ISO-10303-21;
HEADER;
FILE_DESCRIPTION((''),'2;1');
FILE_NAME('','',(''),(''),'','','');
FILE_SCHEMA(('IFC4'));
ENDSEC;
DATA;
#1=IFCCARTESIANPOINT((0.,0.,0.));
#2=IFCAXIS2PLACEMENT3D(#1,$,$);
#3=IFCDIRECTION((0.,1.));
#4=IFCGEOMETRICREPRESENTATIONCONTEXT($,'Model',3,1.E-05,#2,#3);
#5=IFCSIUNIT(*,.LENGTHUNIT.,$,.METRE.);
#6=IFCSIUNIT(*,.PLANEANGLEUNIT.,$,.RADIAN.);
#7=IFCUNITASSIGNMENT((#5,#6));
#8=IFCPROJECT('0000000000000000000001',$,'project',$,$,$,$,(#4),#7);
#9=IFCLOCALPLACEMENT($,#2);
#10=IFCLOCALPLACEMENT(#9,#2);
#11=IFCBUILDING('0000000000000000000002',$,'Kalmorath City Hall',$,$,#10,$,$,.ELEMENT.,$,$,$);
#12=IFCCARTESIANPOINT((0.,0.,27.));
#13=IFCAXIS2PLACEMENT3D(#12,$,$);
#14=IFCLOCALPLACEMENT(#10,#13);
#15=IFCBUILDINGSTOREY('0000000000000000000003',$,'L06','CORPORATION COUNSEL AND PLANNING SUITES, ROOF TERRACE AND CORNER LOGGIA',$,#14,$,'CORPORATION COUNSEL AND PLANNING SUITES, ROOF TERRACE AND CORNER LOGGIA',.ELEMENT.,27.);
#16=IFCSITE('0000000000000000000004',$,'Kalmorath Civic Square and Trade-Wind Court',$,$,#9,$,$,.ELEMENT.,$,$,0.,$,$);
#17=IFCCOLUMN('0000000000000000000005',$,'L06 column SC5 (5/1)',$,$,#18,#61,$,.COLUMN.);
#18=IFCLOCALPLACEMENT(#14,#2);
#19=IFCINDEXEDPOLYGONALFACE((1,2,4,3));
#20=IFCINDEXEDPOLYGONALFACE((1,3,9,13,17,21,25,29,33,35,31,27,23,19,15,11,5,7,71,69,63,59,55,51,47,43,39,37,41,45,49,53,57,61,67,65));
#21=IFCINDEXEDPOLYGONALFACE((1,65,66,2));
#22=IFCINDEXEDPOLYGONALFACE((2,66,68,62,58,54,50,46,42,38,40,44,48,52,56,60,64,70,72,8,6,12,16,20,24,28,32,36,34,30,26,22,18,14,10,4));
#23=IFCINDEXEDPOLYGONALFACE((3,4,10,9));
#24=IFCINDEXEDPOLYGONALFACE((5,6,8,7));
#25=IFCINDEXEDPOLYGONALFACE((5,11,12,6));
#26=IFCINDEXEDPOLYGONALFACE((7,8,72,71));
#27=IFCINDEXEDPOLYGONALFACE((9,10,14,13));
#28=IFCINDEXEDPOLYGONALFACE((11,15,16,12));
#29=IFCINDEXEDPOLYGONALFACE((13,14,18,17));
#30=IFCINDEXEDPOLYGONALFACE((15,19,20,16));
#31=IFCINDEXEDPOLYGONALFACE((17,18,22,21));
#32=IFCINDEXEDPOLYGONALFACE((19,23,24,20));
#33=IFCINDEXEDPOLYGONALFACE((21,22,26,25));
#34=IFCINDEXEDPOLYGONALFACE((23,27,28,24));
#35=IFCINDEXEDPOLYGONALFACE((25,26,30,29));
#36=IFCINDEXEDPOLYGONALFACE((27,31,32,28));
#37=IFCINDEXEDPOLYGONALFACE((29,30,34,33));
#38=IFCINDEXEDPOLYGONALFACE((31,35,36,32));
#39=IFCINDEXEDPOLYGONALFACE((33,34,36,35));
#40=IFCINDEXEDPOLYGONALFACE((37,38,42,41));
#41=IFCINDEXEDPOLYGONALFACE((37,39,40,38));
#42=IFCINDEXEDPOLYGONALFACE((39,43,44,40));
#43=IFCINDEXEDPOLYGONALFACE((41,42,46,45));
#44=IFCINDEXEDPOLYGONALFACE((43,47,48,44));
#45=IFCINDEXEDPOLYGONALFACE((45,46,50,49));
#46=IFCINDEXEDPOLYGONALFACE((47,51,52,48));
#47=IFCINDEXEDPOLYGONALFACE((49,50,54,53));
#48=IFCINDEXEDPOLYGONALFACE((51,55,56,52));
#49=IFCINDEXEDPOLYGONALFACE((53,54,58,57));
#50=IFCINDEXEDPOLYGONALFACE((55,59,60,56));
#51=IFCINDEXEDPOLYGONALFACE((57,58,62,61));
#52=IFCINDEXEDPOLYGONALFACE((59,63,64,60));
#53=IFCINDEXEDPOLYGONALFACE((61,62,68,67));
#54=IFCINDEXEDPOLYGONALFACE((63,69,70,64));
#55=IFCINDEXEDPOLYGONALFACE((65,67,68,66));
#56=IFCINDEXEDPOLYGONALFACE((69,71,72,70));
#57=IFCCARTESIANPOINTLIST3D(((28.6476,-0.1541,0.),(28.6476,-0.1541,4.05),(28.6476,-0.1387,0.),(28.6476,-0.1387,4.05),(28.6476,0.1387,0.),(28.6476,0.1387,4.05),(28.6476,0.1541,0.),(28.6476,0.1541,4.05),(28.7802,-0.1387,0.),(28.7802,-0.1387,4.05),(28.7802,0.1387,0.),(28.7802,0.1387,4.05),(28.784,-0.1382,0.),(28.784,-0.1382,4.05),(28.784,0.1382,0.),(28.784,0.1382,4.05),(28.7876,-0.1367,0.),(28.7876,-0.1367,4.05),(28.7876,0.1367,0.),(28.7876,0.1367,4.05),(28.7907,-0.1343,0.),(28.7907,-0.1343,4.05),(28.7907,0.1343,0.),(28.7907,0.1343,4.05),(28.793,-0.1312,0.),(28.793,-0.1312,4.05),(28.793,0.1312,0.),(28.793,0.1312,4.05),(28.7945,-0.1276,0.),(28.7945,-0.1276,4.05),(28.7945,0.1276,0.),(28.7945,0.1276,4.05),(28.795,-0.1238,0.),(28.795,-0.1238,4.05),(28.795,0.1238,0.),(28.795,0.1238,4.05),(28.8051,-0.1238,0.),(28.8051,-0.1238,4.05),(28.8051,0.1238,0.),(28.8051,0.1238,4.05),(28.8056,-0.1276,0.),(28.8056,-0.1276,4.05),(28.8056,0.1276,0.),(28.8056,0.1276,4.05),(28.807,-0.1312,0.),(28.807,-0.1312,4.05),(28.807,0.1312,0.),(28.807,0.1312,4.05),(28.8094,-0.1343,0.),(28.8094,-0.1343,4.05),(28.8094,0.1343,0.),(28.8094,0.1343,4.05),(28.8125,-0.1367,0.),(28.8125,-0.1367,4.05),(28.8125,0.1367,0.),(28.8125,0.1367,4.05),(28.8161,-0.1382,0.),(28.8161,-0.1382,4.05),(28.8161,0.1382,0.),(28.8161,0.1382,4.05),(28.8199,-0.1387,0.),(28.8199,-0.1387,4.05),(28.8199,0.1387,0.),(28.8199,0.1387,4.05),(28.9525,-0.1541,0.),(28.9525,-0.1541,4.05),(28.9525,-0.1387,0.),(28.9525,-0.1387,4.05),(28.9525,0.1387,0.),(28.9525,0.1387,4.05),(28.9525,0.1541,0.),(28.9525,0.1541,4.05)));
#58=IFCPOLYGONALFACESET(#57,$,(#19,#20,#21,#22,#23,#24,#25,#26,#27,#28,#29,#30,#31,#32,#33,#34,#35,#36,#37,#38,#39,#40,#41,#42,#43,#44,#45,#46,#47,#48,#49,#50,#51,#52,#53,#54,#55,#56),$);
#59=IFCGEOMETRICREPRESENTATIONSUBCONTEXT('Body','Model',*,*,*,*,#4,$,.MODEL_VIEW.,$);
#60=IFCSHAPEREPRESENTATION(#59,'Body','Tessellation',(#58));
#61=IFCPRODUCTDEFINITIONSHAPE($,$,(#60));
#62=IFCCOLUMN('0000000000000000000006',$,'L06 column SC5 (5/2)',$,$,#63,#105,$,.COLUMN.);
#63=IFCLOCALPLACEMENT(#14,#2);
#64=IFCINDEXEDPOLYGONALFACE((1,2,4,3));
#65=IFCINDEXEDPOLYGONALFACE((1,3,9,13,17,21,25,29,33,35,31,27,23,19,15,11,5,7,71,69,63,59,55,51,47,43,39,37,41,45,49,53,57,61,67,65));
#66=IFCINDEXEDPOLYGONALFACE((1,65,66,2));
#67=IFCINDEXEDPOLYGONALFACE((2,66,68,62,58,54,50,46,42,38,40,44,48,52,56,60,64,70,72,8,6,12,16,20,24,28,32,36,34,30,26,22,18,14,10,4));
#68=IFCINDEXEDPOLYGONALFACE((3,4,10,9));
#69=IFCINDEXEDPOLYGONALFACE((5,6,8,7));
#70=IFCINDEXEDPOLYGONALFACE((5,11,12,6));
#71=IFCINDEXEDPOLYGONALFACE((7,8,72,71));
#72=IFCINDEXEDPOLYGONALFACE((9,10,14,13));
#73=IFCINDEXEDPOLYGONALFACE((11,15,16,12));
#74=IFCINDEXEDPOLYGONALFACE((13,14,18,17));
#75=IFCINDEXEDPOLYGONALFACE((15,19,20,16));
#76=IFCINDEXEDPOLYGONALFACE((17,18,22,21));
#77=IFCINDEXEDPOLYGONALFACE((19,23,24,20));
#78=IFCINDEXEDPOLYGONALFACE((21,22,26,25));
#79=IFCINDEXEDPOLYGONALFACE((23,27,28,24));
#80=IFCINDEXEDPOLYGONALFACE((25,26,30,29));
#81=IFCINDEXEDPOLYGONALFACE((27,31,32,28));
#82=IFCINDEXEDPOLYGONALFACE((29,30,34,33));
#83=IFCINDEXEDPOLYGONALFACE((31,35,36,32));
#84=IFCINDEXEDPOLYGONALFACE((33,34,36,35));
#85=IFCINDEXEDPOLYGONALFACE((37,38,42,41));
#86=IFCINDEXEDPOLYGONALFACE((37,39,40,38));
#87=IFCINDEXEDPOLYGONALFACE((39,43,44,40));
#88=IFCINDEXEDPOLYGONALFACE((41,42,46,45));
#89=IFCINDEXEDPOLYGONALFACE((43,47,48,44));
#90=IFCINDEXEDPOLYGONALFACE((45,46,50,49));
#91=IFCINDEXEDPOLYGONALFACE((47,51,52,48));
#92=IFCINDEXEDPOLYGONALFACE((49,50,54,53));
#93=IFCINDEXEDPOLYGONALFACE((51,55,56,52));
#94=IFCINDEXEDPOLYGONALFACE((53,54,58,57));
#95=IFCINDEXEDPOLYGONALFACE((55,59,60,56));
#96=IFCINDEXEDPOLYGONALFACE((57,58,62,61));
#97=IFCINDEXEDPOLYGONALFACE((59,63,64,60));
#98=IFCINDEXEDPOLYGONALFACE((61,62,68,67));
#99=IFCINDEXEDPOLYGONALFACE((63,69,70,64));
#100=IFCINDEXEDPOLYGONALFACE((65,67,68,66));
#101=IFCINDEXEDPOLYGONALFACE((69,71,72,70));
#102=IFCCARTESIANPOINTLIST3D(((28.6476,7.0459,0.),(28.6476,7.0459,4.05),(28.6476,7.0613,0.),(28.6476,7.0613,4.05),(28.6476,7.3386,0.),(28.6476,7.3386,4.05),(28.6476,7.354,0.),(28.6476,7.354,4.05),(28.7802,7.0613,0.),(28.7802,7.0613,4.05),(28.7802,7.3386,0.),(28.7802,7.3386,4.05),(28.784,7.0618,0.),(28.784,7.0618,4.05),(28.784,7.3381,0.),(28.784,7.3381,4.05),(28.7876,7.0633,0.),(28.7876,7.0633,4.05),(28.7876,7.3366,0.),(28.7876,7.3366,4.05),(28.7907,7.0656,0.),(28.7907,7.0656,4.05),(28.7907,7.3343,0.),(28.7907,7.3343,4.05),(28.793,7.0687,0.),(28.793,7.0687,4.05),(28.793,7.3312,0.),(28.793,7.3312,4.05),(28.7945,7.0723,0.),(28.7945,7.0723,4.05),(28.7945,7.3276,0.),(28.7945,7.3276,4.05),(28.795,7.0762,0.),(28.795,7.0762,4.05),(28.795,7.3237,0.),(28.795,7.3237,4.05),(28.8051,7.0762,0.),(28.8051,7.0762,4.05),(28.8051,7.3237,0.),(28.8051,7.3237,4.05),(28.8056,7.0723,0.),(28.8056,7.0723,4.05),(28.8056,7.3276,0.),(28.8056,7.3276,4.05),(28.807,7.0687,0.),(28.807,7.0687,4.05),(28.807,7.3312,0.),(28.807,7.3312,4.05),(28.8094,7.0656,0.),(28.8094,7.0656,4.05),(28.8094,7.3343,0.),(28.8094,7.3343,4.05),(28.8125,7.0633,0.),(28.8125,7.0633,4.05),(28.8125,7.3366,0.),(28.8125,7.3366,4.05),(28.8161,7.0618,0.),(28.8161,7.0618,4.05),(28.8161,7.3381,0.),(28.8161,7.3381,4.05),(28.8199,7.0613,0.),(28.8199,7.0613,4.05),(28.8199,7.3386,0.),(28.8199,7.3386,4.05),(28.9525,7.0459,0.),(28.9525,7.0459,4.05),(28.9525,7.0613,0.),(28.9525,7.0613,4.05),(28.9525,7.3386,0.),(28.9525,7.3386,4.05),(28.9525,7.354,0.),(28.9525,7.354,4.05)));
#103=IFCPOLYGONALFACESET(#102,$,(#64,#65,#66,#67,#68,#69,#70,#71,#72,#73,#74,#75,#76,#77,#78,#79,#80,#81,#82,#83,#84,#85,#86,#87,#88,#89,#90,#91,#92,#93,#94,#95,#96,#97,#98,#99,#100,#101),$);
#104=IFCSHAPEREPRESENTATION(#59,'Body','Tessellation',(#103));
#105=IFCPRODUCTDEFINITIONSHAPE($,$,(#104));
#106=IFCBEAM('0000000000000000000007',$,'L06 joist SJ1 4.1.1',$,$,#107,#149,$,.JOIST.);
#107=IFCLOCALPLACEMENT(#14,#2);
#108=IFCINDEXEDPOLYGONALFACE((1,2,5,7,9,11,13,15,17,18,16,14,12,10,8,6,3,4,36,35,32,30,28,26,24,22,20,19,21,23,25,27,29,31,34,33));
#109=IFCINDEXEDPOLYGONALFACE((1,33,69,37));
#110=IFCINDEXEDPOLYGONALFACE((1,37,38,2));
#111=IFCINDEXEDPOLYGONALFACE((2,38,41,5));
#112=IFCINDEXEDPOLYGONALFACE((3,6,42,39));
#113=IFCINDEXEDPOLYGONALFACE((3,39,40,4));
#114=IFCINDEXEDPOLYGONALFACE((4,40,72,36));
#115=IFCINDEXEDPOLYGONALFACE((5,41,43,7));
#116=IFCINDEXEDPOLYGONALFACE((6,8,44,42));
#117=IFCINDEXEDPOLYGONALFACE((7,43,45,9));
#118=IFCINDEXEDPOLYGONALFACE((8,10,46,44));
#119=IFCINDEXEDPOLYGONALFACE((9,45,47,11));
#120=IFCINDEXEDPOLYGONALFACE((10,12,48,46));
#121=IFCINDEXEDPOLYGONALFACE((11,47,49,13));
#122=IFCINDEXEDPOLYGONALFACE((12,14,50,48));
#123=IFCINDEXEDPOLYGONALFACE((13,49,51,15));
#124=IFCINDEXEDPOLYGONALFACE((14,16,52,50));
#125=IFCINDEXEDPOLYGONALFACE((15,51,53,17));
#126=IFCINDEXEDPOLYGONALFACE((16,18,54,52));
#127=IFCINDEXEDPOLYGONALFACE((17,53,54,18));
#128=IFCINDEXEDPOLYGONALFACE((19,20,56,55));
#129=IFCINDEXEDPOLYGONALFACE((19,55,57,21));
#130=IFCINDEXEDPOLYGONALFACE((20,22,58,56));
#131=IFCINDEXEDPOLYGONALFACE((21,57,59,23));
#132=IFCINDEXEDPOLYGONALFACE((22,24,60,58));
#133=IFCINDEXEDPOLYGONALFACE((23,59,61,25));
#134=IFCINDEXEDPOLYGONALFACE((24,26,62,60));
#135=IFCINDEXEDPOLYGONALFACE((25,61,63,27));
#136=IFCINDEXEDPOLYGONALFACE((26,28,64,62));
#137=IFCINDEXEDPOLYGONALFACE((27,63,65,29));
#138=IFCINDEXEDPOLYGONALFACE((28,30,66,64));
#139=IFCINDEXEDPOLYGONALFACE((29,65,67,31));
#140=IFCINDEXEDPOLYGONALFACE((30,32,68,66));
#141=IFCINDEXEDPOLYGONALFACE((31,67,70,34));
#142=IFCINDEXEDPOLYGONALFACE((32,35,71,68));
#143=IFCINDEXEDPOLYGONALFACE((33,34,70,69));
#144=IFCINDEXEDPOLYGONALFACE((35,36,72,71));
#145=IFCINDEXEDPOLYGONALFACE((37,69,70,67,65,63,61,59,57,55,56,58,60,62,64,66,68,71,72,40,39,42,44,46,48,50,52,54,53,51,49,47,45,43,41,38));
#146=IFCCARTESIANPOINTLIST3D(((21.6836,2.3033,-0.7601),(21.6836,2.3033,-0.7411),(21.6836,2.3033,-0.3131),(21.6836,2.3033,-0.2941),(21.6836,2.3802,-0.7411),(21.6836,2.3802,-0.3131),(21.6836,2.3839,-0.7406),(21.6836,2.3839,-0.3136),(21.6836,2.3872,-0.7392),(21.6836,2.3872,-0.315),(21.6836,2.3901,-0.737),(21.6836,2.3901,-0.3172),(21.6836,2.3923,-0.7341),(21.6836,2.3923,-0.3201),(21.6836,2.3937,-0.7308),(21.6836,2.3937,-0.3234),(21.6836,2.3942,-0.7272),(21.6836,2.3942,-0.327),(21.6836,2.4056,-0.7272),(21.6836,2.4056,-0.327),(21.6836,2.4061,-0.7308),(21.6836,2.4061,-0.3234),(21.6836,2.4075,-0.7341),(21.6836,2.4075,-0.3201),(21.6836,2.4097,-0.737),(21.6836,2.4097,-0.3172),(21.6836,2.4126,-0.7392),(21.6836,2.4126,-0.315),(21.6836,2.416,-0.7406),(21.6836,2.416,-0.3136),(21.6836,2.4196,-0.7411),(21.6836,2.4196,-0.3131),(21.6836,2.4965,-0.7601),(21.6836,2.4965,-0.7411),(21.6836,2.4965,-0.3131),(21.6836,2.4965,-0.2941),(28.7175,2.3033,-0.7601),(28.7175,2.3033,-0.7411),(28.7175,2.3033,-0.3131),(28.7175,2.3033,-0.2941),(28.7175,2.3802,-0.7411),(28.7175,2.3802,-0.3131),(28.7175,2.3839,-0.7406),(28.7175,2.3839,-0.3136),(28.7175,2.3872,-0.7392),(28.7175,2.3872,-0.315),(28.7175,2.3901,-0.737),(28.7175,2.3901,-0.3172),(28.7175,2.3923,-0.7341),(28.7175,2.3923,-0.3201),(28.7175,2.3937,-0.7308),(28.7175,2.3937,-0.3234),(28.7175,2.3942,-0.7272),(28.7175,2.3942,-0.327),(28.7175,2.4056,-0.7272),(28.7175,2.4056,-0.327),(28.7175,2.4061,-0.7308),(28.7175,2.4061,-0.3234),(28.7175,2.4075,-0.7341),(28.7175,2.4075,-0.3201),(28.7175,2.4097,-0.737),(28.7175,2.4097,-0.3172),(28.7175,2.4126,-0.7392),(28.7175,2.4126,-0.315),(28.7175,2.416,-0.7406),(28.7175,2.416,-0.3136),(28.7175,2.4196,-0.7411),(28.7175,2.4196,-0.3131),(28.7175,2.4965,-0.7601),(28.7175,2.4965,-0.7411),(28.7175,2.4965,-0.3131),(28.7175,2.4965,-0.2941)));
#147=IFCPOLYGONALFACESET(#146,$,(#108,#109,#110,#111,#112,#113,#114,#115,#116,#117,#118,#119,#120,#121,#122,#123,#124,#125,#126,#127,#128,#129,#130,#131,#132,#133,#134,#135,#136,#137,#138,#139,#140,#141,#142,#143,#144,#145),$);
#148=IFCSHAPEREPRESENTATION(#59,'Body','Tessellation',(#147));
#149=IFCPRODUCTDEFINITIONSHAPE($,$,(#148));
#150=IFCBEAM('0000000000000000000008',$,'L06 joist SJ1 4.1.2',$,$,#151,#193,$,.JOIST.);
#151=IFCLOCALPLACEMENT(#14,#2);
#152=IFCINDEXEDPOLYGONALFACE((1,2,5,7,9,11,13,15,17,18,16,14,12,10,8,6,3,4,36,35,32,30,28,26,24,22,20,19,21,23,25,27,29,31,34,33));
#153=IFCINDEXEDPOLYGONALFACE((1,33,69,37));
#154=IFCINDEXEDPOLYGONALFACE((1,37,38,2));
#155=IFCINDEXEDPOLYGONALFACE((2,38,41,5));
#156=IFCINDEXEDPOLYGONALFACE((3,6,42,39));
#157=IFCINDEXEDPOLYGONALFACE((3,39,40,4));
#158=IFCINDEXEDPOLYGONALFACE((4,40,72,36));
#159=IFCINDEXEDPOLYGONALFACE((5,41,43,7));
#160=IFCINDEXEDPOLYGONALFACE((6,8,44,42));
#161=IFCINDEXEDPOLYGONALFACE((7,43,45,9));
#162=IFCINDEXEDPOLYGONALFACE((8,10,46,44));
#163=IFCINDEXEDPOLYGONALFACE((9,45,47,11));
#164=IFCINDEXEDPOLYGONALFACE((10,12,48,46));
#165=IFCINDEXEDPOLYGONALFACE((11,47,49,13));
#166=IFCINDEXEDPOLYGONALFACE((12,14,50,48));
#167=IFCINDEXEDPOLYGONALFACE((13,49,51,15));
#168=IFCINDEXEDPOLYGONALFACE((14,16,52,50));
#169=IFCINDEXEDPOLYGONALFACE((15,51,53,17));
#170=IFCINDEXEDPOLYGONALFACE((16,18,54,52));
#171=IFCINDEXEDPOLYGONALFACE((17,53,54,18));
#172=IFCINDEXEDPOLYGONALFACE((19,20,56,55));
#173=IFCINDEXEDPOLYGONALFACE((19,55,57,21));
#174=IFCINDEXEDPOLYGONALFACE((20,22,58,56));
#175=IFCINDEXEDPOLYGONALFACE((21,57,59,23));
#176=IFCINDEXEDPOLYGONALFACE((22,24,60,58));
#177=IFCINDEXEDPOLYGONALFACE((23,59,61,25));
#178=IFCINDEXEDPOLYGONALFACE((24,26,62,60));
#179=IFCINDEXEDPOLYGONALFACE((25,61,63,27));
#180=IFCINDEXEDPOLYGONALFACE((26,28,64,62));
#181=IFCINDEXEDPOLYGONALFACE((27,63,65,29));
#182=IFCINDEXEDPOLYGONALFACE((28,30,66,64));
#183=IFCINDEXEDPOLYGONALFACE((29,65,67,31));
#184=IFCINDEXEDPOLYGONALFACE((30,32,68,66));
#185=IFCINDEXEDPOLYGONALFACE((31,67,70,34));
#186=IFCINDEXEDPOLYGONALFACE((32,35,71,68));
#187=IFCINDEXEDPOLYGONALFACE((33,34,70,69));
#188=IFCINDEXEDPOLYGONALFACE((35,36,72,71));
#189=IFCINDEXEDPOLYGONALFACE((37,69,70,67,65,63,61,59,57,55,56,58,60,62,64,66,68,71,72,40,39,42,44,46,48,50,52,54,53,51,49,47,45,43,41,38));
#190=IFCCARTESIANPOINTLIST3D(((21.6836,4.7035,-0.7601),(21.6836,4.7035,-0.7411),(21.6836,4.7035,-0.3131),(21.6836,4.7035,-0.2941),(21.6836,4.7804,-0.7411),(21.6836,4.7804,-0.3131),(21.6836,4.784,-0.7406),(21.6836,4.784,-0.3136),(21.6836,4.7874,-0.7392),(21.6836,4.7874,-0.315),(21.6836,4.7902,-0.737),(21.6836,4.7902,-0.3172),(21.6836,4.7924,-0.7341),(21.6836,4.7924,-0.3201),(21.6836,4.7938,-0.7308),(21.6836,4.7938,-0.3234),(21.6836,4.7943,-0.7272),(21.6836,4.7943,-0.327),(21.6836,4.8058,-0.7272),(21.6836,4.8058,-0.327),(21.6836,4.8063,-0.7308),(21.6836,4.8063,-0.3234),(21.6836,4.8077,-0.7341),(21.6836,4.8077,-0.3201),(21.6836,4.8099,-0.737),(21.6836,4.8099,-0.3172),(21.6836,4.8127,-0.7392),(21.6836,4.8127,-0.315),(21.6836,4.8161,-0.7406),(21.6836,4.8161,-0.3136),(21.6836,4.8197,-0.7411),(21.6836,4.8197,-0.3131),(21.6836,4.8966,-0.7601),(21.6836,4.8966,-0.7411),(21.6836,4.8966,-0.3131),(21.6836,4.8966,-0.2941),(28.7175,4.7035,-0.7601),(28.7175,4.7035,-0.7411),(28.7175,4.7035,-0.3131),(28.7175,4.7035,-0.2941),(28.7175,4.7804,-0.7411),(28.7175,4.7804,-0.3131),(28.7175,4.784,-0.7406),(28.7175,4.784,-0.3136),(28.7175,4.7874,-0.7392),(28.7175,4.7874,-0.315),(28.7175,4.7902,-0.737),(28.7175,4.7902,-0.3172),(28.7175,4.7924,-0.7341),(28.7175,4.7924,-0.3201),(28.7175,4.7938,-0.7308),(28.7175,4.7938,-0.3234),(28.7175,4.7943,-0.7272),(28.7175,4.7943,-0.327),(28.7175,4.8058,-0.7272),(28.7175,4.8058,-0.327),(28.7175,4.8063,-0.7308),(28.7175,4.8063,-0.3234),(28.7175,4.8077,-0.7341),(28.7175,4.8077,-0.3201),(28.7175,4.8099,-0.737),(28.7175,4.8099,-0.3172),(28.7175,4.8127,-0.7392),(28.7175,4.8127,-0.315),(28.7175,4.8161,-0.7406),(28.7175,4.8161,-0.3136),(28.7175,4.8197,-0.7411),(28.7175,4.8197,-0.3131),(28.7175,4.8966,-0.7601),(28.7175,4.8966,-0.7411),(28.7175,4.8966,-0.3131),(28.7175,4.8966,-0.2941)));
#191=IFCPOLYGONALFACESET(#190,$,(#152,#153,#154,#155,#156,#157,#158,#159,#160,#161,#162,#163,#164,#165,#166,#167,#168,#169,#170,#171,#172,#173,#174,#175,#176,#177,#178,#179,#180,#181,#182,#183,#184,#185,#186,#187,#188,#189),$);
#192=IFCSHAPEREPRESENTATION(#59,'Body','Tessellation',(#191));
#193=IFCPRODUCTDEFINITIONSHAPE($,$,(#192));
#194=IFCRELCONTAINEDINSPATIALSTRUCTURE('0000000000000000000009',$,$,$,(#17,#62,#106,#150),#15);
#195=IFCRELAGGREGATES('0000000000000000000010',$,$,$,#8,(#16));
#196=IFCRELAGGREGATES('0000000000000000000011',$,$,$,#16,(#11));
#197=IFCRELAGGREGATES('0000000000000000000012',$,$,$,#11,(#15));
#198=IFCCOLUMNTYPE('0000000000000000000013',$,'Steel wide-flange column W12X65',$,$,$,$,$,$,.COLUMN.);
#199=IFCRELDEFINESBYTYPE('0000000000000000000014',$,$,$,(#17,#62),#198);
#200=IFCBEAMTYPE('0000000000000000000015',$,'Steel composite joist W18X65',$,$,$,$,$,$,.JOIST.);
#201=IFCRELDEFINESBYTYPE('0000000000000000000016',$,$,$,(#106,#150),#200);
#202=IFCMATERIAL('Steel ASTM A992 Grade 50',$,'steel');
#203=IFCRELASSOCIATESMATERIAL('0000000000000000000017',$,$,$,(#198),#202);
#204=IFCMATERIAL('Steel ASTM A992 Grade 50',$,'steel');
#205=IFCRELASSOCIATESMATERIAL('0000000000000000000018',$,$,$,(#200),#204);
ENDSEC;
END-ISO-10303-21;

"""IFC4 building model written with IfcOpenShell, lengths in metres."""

from ifc_helpers import new_model, si_unit, direction, frame, origin, origin_2d, place, context, subcontext, project, spatial, i_section, extrude, material, material_profile, profile_set, type_object, element, save


model = new_model("IFC4")

# Units and contexts
model_context = context("Model", 3, precision=1e-05, world=origin(), true_north=direction((0.0, 1.0)))
body_context = subcontext(model_context, "Body", "Model", "MODEL_VIEW")
ifc_project = project(units=[si_unit("LENGTHUNIT", "METRE"), si_unit("PLANEANGLEUNIT", "RADIAN")], contexts=[model_context])

# Site, building, storey
site_placement = place(None, origin())
site = spatial("IfcSite", under=ifc_project, at=site_placement, Name="Kalmorath Civic Square and Trade-Wind Court", CompositionType="ELEMENT", RefElevation=0.0)
building_placement = place(site_placement, origin())
building = spatial("IfcBuilding", under=site, at=building_placement, Name="Kalmorath City Hall", CompositionType="ELEMENT")
storey_placement = place(building_placement, frame((0.0, 0.0, 27.0)))
storey = spatial("IfcBuildingStorey", under=building, at=storey_placement, Name="L06", Description="CORPORATION COUNSEL AND PLANNING SUITES, ROOF TERRACE AND CORNER LOGGIA", LongName="CORPORATION COUNSEL AND PLANNING SUITES, ROOF TERRACE AND CORNER LOGGIA", CompositionType="ELEMENT", Elevation=27.0)

# Columns
ifc_material_1 = material(Name="Steel ASTM A992 Grade 50", Category="steel")
ifc_material_profile_1 = material_profile(ifc_material_1, i_section(OverallWidth=0.3049, OverallDepth=0.3081, WebThickness=0.01, FlangeThickness=0.0154, FilletRadius=0.0149, at=origin_2d()), Name="W12X65")
ifc_profile_set_1 = profile_set([ifc_material_profile_1], Name="Steel ASTM A992 Grade 50")
column_type = type_object("IfcColumnType", Name="Steel wide-flange column W12X65", PredefinedType="COLUMN", material=ifc_profile_set_1)
for number, where, z_axis, x_axis, name in (
    (1, (28.8, 0.0, 0.0), (0.0, 0.0, 1.0), (1.0, 0.0, 0.0), "L06 column SC5 (5/1)"),
    (2, (28.8, 7.2, 0.0), (0.0, 0.0, 1.0), (1.0, 0.0, 0.0), "L06 column SC5 (5/2)"),
):
    element("IfcColumn", number, at=place(storey_placement, frame(where, z_axis=z_axis, x_axis=x_axis)), inside=storey, type_object=column_type, Name=name, PredefinedType="COLUMN", context=body_context, shape_type="SweptSolid", body=[
        extrude(i_section(OverallWidth=0.3049, OverallDepth=0.3081, WebThickness=0.01, FlangeThickness=0.0154, FilletRadius=0.0149, at=origin_2d()), origin(), (0.0, 0.0, 1.0), 4.05),
    ])

# Beams
ifc_material_2 = material(Name="Steel ASTM A992 Grade 50", Category="steel")
ifc_material_profile_2 = material_profile(ifc_material_2, i_section(OverallWidth=0.1931, OverallDepth=0.4661, WebThickness=0.0115, FlangeThickness=0.019, FilletRadius=0.0139, at=origin_2d()), Name="W18X65")
ifc_profile_set_2 = profile_set([ifc_material_profile_2], Name="Steel ASTM A992 Grade 50")
beam_type_1 = type_object("IfcBeamType", Name="Steel composite joist W18X65", PredefinedType="JOIST", material=ifc_profile_set_2)
for number, where, z_axis, x_axis, name in (
    (3, (21.6836, 2.3999, -0.5271), (1.0, 0.0, 0.0), (0.0, 1.0, 0.0), "L06 joist SJ1 4.1.1"),
    (4, (21.6836, 4.8, -0.5271), (1.0, 0.0, 0.0), (0.0, 1.0, 0.0), "L06 joist SJ1 4.1.2"),
):
    element("IfcBeam", number, at=place(storey_placement, frame(where, z_axis=z_axis, x_axis=x_axis)), inside=storey, type_object=beam_type_1, Name=name, PredefinedType="JOIST", context=body_context, shape_type="SweptSolid", body=[
        extrude(i_section(OverallWidth=0.1931, OverallDepth=0.4661, WebThickness=0.0115, FlangeThickness=0.019, FilletRadius=0.0139, at=origin_2d()), origin(), (0.0, 0.0, 1.0), 7.0339),
    ])

save(model, "model.ifc")
